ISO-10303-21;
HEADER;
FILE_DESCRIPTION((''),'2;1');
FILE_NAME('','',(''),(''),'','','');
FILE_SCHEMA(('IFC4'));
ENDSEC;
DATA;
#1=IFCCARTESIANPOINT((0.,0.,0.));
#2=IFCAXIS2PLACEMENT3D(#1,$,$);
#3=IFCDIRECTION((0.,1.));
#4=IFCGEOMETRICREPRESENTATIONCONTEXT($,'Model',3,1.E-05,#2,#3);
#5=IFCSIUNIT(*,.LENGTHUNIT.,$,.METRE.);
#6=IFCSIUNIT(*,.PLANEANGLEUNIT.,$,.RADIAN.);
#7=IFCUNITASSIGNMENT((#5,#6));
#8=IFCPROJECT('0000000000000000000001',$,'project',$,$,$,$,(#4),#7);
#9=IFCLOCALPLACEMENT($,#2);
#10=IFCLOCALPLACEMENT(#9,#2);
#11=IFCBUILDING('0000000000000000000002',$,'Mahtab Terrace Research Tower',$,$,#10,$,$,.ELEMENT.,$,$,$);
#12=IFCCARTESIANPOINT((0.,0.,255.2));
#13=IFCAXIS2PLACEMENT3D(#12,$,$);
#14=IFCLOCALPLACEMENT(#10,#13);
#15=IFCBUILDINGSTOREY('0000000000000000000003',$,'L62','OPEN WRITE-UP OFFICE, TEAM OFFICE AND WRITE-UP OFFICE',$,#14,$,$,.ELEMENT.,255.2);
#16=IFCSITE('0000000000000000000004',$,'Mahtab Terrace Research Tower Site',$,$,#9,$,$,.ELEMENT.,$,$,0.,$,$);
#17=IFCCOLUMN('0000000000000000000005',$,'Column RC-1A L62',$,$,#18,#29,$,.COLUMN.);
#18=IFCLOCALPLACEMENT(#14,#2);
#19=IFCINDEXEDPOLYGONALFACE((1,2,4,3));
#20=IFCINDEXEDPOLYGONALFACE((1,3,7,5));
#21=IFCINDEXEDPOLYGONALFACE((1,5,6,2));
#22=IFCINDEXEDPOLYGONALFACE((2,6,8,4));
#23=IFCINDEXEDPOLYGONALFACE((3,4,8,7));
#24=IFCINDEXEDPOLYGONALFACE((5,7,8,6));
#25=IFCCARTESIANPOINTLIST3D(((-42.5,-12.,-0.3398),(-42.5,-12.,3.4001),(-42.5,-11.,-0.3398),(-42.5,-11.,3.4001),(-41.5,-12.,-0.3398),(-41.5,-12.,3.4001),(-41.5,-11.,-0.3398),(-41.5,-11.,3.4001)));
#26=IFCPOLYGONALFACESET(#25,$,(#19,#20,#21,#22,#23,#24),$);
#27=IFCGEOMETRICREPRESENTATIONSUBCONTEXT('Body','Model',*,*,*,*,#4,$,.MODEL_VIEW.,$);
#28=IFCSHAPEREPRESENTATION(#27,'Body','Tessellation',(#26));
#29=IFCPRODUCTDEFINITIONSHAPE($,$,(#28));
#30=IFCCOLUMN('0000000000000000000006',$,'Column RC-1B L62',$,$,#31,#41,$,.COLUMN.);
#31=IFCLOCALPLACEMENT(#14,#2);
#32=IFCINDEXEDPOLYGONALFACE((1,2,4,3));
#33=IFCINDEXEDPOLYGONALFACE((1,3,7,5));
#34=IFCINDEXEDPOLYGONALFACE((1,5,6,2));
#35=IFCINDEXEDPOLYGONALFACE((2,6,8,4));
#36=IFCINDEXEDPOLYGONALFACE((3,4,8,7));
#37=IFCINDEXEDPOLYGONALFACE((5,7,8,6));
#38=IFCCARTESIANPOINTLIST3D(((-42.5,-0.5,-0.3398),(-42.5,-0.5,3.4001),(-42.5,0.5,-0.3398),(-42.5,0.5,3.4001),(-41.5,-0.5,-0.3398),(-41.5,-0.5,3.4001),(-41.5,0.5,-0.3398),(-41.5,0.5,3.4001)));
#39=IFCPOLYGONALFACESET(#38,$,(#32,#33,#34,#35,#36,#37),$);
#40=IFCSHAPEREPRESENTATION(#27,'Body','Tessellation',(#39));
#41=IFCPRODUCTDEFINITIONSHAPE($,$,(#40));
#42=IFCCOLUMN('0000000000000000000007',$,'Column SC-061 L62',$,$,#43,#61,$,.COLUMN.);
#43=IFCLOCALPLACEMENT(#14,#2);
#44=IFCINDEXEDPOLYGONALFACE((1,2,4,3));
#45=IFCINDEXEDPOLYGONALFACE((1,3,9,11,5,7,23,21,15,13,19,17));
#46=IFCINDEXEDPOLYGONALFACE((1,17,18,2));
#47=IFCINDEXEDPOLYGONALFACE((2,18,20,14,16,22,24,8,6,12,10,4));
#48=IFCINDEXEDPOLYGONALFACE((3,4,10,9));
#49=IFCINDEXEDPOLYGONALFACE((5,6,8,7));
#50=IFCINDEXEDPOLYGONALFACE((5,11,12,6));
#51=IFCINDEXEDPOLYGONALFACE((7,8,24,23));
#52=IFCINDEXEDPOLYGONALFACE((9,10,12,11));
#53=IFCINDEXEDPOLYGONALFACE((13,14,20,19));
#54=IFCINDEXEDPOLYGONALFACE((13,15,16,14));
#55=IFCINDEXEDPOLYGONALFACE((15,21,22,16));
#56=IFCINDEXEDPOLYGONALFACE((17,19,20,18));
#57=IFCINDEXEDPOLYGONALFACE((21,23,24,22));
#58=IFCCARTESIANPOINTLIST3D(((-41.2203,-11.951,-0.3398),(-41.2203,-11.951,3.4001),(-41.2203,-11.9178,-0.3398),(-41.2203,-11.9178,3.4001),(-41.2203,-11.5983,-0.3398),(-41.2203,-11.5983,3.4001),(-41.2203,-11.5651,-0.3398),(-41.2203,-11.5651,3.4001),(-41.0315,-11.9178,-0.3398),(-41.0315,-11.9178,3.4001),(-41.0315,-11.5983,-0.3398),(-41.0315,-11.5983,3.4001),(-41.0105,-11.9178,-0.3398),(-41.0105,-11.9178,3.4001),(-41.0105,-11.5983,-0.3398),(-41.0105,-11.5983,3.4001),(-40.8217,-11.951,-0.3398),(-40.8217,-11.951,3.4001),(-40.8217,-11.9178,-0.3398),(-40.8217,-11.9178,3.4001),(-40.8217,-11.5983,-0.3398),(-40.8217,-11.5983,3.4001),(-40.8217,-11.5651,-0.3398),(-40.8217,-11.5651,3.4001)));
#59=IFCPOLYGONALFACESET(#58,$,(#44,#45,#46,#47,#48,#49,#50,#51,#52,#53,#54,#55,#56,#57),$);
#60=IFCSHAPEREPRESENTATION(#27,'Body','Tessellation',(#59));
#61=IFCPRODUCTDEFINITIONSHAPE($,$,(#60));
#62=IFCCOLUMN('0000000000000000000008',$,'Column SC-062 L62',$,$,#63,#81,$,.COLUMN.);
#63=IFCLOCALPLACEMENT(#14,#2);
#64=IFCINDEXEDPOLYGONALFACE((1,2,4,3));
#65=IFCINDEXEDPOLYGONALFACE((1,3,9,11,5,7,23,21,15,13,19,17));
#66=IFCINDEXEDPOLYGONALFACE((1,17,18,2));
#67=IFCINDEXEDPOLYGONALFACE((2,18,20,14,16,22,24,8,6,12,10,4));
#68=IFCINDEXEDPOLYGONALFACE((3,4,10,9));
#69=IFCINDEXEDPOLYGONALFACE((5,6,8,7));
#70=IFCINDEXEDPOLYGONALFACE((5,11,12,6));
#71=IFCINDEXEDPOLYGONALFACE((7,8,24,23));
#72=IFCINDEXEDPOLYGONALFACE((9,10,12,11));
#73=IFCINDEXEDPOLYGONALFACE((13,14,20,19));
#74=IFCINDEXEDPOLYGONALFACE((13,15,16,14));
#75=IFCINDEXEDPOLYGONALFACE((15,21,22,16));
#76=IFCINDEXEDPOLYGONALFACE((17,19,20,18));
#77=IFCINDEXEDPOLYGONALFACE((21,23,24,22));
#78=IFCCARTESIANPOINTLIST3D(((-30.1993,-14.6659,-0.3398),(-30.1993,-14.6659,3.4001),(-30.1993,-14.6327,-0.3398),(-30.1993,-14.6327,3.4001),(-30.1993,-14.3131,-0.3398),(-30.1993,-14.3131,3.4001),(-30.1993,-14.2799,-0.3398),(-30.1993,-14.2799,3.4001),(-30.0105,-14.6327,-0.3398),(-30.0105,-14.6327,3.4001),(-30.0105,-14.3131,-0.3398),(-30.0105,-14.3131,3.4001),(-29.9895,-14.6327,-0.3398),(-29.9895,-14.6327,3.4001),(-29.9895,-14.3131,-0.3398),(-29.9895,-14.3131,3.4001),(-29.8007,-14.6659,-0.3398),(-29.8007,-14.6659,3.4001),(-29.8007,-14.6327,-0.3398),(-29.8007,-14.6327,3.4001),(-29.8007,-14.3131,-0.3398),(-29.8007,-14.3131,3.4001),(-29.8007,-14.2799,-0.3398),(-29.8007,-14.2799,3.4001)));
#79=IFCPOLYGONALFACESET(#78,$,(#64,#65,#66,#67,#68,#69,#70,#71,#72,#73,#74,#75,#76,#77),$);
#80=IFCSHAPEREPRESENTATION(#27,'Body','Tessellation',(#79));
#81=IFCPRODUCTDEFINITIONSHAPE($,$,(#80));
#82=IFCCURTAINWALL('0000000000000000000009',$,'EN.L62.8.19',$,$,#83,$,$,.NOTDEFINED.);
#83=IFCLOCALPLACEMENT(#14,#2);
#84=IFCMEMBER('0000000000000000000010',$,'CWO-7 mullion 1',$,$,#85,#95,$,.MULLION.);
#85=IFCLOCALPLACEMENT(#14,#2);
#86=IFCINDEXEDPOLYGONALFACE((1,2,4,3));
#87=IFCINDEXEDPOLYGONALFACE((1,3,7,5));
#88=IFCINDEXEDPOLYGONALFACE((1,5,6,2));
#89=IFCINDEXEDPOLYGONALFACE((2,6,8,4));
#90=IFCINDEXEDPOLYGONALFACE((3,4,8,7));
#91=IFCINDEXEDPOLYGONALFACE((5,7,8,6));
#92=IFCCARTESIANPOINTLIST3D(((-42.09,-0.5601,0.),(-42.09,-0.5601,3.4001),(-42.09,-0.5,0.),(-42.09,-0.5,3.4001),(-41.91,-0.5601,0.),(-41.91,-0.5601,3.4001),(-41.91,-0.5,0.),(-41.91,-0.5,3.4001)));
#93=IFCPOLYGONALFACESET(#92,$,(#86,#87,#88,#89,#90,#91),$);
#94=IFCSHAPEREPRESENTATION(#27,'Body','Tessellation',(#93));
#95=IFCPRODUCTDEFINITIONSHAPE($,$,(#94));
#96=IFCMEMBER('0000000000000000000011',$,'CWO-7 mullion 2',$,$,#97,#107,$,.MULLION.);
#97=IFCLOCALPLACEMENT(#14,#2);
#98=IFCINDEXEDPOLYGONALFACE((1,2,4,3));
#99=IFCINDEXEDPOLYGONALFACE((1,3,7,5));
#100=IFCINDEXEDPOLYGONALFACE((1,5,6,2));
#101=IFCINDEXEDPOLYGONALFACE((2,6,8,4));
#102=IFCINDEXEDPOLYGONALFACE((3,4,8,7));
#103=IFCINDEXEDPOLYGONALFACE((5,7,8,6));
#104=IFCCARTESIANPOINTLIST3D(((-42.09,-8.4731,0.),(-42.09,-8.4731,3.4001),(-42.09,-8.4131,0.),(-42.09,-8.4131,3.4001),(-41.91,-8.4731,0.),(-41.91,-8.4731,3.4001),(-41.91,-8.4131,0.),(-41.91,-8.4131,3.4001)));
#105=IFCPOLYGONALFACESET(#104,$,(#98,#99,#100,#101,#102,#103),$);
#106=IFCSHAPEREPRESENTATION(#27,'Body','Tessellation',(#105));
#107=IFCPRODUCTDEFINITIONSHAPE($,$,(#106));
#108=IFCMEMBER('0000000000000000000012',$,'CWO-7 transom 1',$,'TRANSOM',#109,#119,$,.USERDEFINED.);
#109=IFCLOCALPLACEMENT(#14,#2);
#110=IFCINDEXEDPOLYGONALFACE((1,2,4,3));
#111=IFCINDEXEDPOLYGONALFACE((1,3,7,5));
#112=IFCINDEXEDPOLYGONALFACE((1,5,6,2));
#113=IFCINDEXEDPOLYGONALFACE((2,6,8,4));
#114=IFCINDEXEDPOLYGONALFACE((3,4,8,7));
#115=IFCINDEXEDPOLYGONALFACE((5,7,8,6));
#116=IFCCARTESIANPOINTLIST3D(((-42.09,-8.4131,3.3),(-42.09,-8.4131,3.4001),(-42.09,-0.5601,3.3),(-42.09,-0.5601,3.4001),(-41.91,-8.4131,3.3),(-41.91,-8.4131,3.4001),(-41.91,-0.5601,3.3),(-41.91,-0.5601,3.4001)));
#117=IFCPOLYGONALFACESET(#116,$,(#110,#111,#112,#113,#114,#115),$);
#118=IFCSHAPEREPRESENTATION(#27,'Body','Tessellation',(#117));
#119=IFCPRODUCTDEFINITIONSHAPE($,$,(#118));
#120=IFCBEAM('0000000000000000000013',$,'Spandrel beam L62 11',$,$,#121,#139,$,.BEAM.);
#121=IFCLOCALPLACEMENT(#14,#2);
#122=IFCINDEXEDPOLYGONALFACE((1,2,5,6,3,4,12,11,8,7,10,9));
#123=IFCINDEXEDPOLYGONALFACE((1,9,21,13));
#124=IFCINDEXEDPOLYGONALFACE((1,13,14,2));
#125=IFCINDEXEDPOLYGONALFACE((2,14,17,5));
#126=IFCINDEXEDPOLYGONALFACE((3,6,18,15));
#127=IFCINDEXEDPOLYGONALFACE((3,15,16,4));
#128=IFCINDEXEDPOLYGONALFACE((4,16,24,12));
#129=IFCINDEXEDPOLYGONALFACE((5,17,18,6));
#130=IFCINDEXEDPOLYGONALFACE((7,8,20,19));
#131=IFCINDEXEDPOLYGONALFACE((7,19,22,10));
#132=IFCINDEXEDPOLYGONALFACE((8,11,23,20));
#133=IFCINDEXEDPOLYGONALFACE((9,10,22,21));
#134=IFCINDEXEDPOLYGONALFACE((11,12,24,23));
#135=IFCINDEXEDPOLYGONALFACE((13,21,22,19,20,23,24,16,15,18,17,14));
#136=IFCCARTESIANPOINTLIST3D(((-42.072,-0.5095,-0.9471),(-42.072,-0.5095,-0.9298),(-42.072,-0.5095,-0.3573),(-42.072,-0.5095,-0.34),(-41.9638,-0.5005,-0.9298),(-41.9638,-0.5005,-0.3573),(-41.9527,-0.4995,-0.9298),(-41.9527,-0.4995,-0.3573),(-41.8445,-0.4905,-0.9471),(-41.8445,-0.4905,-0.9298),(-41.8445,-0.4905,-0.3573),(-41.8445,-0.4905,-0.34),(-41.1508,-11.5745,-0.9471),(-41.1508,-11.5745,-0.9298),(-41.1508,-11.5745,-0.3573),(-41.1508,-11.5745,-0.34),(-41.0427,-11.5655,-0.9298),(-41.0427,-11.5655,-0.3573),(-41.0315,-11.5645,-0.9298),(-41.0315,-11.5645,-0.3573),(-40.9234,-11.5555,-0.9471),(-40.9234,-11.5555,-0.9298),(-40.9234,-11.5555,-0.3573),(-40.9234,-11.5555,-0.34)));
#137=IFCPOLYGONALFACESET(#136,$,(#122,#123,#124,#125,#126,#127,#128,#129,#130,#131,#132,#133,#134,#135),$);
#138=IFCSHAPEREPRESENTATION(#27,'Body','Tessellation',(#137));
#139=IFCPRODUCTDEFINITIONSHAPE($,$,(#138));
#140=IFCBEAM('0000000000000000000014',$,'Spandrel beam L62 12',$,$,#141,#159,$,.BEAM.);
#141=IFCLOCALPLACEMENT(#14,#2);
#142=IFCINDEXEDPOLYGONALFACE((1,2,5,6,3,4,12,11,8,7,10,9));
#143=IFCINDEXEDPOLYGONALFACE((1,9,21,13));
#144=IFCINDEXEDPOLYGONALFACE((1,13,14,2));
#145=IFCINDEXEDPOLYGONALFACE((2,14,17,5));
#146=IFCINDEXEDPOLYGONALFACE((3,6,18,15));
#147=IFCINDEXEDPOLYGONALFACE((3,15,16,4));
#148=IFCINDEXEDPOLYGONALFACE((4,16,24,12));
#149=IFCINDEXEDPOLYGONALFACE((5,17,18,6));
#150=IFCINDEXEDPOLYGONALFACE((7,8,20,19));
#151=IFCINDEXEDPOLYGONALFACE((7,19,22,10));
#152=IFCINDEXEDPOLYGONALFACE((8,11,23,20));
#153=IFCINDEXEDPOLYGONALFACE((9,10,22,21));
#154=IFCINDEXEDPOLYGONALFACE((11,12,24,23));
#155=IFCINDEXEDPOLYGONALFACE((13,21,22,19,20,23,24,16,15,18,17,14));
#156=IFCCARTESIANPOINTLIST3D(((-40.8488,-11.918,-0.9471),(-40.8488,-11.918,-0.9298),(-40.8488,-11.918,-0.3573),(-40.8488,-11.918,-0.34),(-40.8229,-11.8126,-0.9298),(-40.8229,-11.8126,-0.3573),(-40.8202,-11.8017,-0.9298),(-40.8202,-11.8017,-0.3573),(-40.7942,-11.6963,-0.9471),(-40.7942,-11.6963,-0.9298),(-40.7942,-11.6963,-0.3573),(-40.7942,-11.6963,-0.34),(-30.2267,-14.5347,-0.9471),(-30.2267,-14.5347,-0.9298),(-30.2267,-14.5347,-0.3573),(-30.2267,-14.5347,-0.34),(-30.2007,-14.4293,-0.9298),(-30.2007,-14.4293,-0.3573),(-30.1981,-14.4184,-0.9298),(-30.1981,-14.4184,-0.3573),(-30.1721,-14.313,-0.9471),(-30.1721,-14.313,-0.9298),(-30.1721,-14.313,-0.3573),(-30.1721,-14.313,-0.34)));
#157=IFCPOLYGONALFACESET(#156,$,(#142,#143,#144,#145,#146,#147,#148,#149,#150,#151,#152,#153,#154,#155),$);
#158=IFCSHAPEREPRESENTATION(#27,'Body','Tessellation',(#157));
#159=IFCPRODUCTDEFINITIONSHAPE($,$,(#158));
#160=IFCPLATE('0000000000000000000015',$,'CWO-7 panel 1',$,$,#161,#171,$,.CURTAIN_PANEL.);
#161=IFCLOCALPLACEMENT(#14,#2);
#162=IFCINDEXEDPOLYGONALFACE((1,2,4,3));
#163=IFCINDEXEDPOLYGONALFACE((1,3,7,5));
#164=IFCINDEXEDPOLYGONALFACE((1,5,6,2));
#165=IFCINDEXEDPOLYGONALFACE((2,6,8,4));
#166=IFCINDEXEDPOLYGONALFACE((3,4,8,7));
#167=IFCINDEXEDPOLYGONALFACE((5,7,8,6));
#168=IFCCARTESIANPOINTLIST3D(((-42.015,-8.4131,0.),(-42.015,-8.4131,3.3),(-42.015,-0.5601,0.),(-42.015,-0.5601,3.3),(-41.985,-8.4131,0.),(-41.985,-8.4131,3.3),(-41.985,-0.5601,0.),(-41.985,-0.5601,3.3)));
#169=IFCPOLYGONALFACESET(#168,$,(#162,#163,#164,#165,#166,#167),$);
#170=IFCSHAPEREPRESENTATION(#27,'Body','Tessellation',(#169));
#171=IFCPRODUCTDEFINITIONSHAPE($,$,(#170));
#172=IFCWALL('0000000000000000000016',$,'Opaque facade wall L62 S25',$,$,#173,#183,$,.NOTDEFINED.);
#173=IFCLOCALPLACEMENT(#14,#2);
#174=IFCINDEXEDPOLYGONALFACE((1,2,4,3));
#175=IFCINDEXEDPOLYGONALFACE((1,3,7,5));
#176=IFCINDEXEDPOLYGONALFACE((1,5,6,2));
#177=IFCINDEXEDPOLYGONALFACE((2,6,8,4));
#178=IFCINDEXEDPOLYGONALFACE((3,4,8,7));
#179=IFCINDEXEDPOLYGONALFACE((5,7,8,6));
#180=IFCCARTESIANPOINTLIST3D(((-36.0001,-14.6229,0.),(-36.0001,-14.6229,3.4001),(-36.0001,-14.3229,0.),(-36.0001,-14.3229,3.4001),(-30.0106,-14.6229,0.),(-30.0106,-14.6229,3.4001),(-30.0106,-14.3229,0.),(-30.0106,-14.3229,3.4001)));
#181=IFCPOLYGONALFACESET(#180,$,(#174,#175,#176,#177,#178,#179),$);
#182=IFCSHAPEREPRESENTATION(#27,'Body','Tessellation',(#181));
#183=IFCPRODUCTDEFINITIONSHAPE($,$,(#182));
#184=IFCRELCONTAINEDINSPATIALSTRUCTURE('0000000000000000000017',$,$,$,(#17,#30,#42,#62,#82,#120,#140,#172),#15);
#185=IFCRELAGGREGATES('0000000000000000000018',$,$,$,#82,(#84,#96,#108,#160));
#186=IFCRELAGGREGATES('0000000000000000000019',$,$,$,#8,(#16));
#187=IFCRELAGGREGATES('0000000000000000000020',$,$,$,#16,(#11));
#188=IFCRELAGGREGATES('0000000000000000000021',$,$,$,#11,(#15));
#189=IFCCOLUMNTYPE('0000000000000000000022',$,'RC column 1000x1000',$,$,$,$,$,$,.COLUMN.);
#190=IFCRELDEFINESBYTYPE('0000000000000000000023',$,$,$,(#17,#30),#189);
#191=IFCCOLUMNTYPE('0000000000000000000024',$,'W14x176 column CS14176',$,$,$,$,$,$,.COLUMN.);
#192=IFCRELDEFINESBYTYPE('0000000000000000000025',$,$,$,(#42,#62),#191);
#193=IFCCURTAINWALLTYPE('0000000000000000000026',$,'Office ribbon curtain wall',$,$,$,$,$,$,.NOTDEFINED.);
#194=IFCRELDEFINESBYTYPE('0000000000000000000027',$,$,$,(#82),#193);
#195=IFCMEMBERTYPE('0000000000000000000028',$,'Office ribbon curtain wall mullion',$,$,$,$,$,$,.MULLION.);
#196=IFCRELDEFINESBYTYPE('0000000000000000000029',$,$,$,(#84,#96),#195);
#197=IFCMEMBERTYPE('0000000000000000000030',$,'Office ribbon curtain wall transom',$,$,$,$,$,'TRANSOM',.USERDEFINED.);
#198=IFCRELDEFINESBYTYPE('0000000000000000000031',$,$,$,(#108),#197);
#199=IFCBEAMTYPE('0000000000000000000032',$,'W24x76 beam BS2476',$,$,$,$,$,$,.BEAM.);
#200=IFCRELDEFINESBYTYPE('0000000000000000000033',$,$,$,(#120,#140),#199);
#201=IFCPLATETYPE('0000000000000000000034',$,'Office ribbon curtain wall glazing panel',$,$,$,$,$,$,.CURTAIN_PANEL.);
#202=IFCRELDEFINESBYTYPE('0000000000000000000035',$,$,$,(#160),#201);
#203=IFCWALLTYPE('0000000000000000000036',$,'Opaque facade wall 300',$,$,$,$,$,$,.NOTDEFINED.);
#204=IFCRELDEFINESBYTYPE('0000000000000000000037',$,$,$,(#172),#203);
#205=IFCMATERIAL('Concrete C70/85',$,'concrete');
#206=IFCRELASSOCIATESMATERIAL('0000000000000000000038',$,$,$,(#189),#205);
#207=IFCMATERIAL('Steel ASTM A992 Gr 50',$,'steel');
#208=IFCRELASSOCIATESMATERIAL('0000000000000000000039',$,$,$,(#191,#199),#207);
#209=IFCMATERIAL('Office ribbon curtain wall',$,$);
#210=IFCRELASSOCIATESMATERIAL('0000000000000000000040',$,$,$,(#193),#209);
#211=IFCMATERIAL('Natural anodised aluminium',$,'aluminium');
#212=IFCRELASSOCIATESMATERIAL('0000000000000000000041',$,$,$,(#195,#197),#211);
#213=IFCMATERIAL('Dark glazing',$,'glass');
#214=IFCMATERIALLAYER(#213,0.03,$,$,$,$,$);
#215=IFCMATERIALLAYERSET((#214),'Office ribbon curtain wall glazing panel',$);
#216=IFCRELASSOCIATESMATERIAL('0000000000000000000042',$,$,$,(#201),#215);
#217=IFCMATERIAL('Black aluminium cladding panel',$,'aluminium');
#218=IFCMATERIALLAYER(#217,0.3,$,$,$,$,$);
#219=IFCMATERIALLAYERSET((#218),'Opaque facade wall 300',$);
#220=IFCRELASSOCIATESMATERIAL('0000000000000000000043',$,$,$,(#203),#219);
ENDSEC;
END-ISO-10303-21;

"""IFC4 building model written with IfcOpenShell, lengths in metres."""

from ifc_helpers import new_model, si_unit, direction, frame, frame_2d, origin, origin_2d, place, context, subcontext, project, spatial, rectangle, i_section, extrude, material, layer, layer_set, material_profile, profile_set, type_object, element, aggregate, save


model = new_model("IFC4")

# Units and contexts
model_context = context("Model", 3, precision=1e-05, world=origin(), true_north=direction((0.0, 1.0)))
body_context = subcontext(model_context, "Body", "Model", "MODEL_VIEW")
ifc_project = project(units=[si_unit("LENGTHUNIT", "METRE"), si_unit("PLANEANGLEUNIT", "RADIAN")], contexts=[model_context])

# Site, building, storey
site_placement = place(None, origin())
site = spatial("IfcSite", under=ifc_project, at=site_placement, Name="Mahtab Terrace Research Tower Site", CompositionType="ELEMENT", RefElevation=0.0)
building_placement = place(site_placement, origin())
building = spatial("IfcBuilding", under=site, at=building_placement, Name="Mahtab Terrace Research Tower", CompositionType="ELEMENT")
storey_placement = place(building_placement, frame((0.0, 0.0, 255.2)))
storey = spatial("IfcBuildingStorey", under=building, at=storey_placement, Name="L62", Description="OPEN WRITE-UP OFFICE, TEAM OFFICE AND WRITE-UP OFFICE", CompositionType="ELEMENT", Elevation=255.2)

# Columns
ifc_material_1 = material(Name="Concrete C70/85", Category="concrete")
ifc_material_profile_1 = material_profile(ifc_material_1, rectangle(XDim=1.0, YDim=1.0, at=origin_2d()), Name="RC column 1000x1000")
ifc_profile_set_1 = profile_set([ifc_material_profile_1], Name="Concrete C70/85")
column_type_1 = type_object("IfcColumnType", Name="RC column 1000x1000", PredefinedType="COLUMN", material=ifc_profile_set_1)
for number, where, z_axis, x_axis, name in (
    (1, (-42.0, -11.5, -0.3398), (0.0, 0.0, 1.0), (1.0, 0.0, 0.0), "Column RC-1A L62"),
    (2, (-42.0, 0.0, -0.3398), (0.0, 0.0, 1.0), (1.0, 0.0, 0.0), "Column RC-1B L62"),
):
    element("IfcColumn", number, at=place(storey_placement, frame(where, z_axis=z_axis, x_axis=x_axis)), inside=storey, type_object=column_type_1, Name=name, PredefinedType="COLUMN", context=body_context, shape_type="SweptSolid", body=[
        extrude(rectangle(XDim=1.0, YDim=1.0, at=origin_2d()), origin(), (0.0, 0.0, 1.0), 3.74),
    ])
ifc_material_2 = material(Name="Steel ASTM A992 Gr 50", Category="steel")
ifc_material_profile_2 = material_profile(ifc_material_2, i_section(OverallWidth=0.3987, OverallDepth=0.386, WebThickness=0.021, FlangeThickness=0.0332, at=origin_2d()), Name="W14X176")
ifc_profile_set_2 = profile_set([ifc_material_profile_2], Name="Steel ASTM A992 Gr 50")
column_type_2 = type_object("IfcColumnType", Name="W14x176 column CS14176", PredefinedType="COLUMN", material=ifc_profile_set_2)
for number, where, z_axis, x_axis, name in (
    (3, (-41.021, -11.7581, -0.3398), (0.0, 0.0, 1.0), (1.0, 0.0, 0.0), "Column SC-061 L62"),
    (4, (-30.0, -14.4729, -0.3398), (0.0, 0.0, 1.0), (1.0, 0.0, 0.0), "Column SC-062 L62"),
):
    element("IfcColumn", number, at=place(storey_placement, frame(where, z_axis=z_axis, x_axis=x_axis)), inside=storey, type_object=column_type_2, Name=name, PredefinedType="COLUMN", context=body_context, shape_type="SweptSolid", body=[
        extrude(i_section(OverallWidth=0.3987, OverallDepth=0.386, WebThickness=0.021, FlangeThickness=0.0332, at=origin_2d()), origin(), (0.0, 0.0, 1.0), 3.74),
    ])

# Curtain wall, members
ifc_material_3 = material(Name="Office ribbon curtain wall")
curtain_wall_type = type_object("IfcCurtainWallType", Name="Office ribbon curtain wall", PredefinedType="NOTDEFINED", material=ifc_material_3)
curtain_wall_placement = place(storey_placement, origin())
curtain_wall = element("IfcCurtainWall", 5, at=curtain_wall_placement, inside=storey, type_object=curtain_wall_type, Name="EN.L62.8.19", PredefinedType="NOTDEFINED")
ifc_material_4 = material(Name="Natural anodised aluminium", Category="aluminium")
ifc_material_profile_3 = material_profile(ifc_material_4, rectangle(XDim=0.1799, YDim=0.0601, at=origin_2d()), Name="MULLION 60x180")
ifc_profile_set_3 = profile_set([ifc_material_profile_3], Name="Natural anodised aluminium")
member_type_1 = type_object("IfcMemberType", Name="Office ribbon curtain wall mullion", PredefinedType="MULLION", material=ifc_profile_set_3)
member_1_placement = place(storey_placement, frame((-42.0, -0.53, 0.0), z_axis=(0.0, 0.0, 1.0), x_axis=(1.0, 0.0, 0.0)))
member_1 = element("IfcMember", 6, at=member_1_placement, type_object=member_type_1, Name="CWO-7 mullion 1", PredefinedType="MULLION", context=body_context, shape_type="SweptSolid", body=[
    extrude(rectangle(XDim=0.1799, YDim=0.0601, at=origin_2d()), origin(), (0.0, 0.0, 1.0), 3.4001),
])
member_2_placement = place(storey_placement, frame((-42.0, -8.4431, 0.0), z_axis=(0.0, 0.0, 1.0), x_axis=(1.0, 0.0, 0.0)))
member_2 = element("IfcMember", 7, at=member_2_placement, type_object=member_type_1, Name="CWO-7 mullion 2", PredefinedType="MULLION", context=body_context, shape_type="SweptSolid", body=[
    extrude(rectangle(XDim=0.1799, YDim=0.0601, at=origin_2d()), origin(), (0.0, 0.0, 1.0), 3.4001),
])
ifc_material_profile_4 = material_profile(ifc_material_4, rectangle(XDim=0.1799, YDim=0.1001, at=origin_2d()), Name="TRANSOM 100x180")
ifc_profile_set_4 = profile_set([ifc_material_profile_4], Name="Natural anodised aluminium")
member_type_2 = type_object("IfcMemberType", Name="Office ribbon curtain wall transom", ElementType="TRANSOM", PredefinedType="USERDEFINED", material=ifc_profile_set_4)
member_3_placement = place(storey_placement, frame((-42.0, -0.5601, 3.3501), z_axis=(0.0, -1.0, 0.0), x_axis=(1.0, 0.0, 0.0)))
member_3 = element("IfcMember", 8, at=member_3_placement, type_object=member_type_2, Name="CWO-7 transom 1", ObjectType="TRANSOM", PredefinedType="USERDEFINED", context=body_context, shape_type="SweptSolid", body=[
    extrude(rectangle(XDim=0.1799, YDim=0.1001, at=origin_2d()), origin(), (0.0, 0.0, 1.0), 7.853),
])

# Beams
ifc_material_profile_5 = material_profile(ifc_material_2, i_section(OverallWidth=0.2283, OverallDepth=0.6072, WebThickness=0.0112, FlangeThickness=0.0173, at=origin_2d()), Name="W24X76")
ifc_profile_set_5 = profile_set([ifc_material_profile_5], Name="Steel ASTM A992 Gr 50")
beam_type = type_object("IfcBeamType", Name="W24x76 beam BS2476", PredefinedType="BEAM", material=ifc_profile_set_5)
beam_1_placement = place(storey_placement, frame((-41.9583, -0.5, -0.6436), z_axis=(0.082962, -0.996553, 0.0), x_axis=(0.996553, 0.082962, 0.0)))
element("IfcBeam", 9, at=beam_1_placement, inside=storey, type_object=beam_type, Name="Spandrel beam L62 11", PredefinedType="BEAM", context=body_context, shape_type="SweptSolid", body=[
    extrude(i_section(OverallWidth=0.2283, OverallDepth=0.6072, WebThickness=0.0112, FlangeThickness=0.0173, at=origin_2d()), origin(), (0.0, 0.0, 1.0), 11.1033),
])
beam_2_placement = place(storey_placement, frame((-40.8215, -11.8071, -0.6436), z_axis=(0.970972, -0.239195, 0.0), x_axis=(0.239195, 0.970972, 0.0)))
element("IfcBeam", 10, at=beam_2_placement, inside=storey, type_object=beam_type, Name="Spandrel beam L62 12", PredefinedType="BEAM", context=body_context, shape_type="SweptSolid", body=[
    extrude(i_section(OverallWidth=0.2283, OverallDepth=0.6072, WebThickness=0.0112, FlangeThickness=0.0173, at=origin_2d()), origin(), (0.0, 0.0, 1.0), 10.9397),
])

# Plate
ifc_material_5 = material(Name="Dark glazing", Category="glass")
ifc_layer_1 = layer(ifc_material_5, 0.03)
ifc_layer_set_1 = layer_set([ifc_layer_1], Name="Office ribbon curtain wall glazing panel")
plate_type = type_object("IfcPlateType", Name="Office ribbon curtain wall glazing panel", PredefinedType="CURTAIN_PANEL", material=ifc_layer_set_1)
plate_placement = place(storey_placement, frame((-42.0, -4.4866, 0.0), z_axis=(0.0, 0.0, 1.0), x_axis=(0.0, -1.0, 0.0)))
plate = element("IfcPlate", 11, at=plate_placement, type_object=plate_type, Name="CWO-7 panel 1", PredefinedType="CURTAIN_PANEL", context=body_context, shape_type="SweptSolid", body=[
    extrude(rectangle(XDim=7.853, YDim=0.03, at=origin_2d()), origin(), (0.0, 0.0, 1.0), 3.3),
])
aggregate(curtain_wall, [member_1, member_2, member_3, plate])

# Wall
ifc_material_6 = material(Name="Black aluminium cladding panel", Category="aluminium")
ifc_layer_2 = layer(ifc_material_6, 0.3)
ifc_layer_set_2 = layer_set([ifc_layer_2], Name="Opaque facade wall 300")
wall_type_1 = type_object("IfcWallType", Name="Opaque facade wall 300", PredefinedType="NOTDEFINED", material=ifc_layer_set_2)
wall_1_placement = place(storey_placement, frame((-36.0, -14.4729, 0.0), z_axis=(0.0, 0.0, 1.0), x_axis=(1.0, 0.0, 0.0)))
element("IfcWall", 12, at=wall_1_placement, inside=storey, type_object=wall_type_1, Name="Opaque facade wall L62 S25", PredefinedType="NOTDEFINED", context=body_context, shape_type="SweptSolid", body=[
    extrude(rectangle(XDim=5.9895, YDim=0.3, at=frame_2d((2.9946, 0.0))), origin(), (0.0, 0.0, 1.0), 3.4001),
])

save(model, "model.ifc")
